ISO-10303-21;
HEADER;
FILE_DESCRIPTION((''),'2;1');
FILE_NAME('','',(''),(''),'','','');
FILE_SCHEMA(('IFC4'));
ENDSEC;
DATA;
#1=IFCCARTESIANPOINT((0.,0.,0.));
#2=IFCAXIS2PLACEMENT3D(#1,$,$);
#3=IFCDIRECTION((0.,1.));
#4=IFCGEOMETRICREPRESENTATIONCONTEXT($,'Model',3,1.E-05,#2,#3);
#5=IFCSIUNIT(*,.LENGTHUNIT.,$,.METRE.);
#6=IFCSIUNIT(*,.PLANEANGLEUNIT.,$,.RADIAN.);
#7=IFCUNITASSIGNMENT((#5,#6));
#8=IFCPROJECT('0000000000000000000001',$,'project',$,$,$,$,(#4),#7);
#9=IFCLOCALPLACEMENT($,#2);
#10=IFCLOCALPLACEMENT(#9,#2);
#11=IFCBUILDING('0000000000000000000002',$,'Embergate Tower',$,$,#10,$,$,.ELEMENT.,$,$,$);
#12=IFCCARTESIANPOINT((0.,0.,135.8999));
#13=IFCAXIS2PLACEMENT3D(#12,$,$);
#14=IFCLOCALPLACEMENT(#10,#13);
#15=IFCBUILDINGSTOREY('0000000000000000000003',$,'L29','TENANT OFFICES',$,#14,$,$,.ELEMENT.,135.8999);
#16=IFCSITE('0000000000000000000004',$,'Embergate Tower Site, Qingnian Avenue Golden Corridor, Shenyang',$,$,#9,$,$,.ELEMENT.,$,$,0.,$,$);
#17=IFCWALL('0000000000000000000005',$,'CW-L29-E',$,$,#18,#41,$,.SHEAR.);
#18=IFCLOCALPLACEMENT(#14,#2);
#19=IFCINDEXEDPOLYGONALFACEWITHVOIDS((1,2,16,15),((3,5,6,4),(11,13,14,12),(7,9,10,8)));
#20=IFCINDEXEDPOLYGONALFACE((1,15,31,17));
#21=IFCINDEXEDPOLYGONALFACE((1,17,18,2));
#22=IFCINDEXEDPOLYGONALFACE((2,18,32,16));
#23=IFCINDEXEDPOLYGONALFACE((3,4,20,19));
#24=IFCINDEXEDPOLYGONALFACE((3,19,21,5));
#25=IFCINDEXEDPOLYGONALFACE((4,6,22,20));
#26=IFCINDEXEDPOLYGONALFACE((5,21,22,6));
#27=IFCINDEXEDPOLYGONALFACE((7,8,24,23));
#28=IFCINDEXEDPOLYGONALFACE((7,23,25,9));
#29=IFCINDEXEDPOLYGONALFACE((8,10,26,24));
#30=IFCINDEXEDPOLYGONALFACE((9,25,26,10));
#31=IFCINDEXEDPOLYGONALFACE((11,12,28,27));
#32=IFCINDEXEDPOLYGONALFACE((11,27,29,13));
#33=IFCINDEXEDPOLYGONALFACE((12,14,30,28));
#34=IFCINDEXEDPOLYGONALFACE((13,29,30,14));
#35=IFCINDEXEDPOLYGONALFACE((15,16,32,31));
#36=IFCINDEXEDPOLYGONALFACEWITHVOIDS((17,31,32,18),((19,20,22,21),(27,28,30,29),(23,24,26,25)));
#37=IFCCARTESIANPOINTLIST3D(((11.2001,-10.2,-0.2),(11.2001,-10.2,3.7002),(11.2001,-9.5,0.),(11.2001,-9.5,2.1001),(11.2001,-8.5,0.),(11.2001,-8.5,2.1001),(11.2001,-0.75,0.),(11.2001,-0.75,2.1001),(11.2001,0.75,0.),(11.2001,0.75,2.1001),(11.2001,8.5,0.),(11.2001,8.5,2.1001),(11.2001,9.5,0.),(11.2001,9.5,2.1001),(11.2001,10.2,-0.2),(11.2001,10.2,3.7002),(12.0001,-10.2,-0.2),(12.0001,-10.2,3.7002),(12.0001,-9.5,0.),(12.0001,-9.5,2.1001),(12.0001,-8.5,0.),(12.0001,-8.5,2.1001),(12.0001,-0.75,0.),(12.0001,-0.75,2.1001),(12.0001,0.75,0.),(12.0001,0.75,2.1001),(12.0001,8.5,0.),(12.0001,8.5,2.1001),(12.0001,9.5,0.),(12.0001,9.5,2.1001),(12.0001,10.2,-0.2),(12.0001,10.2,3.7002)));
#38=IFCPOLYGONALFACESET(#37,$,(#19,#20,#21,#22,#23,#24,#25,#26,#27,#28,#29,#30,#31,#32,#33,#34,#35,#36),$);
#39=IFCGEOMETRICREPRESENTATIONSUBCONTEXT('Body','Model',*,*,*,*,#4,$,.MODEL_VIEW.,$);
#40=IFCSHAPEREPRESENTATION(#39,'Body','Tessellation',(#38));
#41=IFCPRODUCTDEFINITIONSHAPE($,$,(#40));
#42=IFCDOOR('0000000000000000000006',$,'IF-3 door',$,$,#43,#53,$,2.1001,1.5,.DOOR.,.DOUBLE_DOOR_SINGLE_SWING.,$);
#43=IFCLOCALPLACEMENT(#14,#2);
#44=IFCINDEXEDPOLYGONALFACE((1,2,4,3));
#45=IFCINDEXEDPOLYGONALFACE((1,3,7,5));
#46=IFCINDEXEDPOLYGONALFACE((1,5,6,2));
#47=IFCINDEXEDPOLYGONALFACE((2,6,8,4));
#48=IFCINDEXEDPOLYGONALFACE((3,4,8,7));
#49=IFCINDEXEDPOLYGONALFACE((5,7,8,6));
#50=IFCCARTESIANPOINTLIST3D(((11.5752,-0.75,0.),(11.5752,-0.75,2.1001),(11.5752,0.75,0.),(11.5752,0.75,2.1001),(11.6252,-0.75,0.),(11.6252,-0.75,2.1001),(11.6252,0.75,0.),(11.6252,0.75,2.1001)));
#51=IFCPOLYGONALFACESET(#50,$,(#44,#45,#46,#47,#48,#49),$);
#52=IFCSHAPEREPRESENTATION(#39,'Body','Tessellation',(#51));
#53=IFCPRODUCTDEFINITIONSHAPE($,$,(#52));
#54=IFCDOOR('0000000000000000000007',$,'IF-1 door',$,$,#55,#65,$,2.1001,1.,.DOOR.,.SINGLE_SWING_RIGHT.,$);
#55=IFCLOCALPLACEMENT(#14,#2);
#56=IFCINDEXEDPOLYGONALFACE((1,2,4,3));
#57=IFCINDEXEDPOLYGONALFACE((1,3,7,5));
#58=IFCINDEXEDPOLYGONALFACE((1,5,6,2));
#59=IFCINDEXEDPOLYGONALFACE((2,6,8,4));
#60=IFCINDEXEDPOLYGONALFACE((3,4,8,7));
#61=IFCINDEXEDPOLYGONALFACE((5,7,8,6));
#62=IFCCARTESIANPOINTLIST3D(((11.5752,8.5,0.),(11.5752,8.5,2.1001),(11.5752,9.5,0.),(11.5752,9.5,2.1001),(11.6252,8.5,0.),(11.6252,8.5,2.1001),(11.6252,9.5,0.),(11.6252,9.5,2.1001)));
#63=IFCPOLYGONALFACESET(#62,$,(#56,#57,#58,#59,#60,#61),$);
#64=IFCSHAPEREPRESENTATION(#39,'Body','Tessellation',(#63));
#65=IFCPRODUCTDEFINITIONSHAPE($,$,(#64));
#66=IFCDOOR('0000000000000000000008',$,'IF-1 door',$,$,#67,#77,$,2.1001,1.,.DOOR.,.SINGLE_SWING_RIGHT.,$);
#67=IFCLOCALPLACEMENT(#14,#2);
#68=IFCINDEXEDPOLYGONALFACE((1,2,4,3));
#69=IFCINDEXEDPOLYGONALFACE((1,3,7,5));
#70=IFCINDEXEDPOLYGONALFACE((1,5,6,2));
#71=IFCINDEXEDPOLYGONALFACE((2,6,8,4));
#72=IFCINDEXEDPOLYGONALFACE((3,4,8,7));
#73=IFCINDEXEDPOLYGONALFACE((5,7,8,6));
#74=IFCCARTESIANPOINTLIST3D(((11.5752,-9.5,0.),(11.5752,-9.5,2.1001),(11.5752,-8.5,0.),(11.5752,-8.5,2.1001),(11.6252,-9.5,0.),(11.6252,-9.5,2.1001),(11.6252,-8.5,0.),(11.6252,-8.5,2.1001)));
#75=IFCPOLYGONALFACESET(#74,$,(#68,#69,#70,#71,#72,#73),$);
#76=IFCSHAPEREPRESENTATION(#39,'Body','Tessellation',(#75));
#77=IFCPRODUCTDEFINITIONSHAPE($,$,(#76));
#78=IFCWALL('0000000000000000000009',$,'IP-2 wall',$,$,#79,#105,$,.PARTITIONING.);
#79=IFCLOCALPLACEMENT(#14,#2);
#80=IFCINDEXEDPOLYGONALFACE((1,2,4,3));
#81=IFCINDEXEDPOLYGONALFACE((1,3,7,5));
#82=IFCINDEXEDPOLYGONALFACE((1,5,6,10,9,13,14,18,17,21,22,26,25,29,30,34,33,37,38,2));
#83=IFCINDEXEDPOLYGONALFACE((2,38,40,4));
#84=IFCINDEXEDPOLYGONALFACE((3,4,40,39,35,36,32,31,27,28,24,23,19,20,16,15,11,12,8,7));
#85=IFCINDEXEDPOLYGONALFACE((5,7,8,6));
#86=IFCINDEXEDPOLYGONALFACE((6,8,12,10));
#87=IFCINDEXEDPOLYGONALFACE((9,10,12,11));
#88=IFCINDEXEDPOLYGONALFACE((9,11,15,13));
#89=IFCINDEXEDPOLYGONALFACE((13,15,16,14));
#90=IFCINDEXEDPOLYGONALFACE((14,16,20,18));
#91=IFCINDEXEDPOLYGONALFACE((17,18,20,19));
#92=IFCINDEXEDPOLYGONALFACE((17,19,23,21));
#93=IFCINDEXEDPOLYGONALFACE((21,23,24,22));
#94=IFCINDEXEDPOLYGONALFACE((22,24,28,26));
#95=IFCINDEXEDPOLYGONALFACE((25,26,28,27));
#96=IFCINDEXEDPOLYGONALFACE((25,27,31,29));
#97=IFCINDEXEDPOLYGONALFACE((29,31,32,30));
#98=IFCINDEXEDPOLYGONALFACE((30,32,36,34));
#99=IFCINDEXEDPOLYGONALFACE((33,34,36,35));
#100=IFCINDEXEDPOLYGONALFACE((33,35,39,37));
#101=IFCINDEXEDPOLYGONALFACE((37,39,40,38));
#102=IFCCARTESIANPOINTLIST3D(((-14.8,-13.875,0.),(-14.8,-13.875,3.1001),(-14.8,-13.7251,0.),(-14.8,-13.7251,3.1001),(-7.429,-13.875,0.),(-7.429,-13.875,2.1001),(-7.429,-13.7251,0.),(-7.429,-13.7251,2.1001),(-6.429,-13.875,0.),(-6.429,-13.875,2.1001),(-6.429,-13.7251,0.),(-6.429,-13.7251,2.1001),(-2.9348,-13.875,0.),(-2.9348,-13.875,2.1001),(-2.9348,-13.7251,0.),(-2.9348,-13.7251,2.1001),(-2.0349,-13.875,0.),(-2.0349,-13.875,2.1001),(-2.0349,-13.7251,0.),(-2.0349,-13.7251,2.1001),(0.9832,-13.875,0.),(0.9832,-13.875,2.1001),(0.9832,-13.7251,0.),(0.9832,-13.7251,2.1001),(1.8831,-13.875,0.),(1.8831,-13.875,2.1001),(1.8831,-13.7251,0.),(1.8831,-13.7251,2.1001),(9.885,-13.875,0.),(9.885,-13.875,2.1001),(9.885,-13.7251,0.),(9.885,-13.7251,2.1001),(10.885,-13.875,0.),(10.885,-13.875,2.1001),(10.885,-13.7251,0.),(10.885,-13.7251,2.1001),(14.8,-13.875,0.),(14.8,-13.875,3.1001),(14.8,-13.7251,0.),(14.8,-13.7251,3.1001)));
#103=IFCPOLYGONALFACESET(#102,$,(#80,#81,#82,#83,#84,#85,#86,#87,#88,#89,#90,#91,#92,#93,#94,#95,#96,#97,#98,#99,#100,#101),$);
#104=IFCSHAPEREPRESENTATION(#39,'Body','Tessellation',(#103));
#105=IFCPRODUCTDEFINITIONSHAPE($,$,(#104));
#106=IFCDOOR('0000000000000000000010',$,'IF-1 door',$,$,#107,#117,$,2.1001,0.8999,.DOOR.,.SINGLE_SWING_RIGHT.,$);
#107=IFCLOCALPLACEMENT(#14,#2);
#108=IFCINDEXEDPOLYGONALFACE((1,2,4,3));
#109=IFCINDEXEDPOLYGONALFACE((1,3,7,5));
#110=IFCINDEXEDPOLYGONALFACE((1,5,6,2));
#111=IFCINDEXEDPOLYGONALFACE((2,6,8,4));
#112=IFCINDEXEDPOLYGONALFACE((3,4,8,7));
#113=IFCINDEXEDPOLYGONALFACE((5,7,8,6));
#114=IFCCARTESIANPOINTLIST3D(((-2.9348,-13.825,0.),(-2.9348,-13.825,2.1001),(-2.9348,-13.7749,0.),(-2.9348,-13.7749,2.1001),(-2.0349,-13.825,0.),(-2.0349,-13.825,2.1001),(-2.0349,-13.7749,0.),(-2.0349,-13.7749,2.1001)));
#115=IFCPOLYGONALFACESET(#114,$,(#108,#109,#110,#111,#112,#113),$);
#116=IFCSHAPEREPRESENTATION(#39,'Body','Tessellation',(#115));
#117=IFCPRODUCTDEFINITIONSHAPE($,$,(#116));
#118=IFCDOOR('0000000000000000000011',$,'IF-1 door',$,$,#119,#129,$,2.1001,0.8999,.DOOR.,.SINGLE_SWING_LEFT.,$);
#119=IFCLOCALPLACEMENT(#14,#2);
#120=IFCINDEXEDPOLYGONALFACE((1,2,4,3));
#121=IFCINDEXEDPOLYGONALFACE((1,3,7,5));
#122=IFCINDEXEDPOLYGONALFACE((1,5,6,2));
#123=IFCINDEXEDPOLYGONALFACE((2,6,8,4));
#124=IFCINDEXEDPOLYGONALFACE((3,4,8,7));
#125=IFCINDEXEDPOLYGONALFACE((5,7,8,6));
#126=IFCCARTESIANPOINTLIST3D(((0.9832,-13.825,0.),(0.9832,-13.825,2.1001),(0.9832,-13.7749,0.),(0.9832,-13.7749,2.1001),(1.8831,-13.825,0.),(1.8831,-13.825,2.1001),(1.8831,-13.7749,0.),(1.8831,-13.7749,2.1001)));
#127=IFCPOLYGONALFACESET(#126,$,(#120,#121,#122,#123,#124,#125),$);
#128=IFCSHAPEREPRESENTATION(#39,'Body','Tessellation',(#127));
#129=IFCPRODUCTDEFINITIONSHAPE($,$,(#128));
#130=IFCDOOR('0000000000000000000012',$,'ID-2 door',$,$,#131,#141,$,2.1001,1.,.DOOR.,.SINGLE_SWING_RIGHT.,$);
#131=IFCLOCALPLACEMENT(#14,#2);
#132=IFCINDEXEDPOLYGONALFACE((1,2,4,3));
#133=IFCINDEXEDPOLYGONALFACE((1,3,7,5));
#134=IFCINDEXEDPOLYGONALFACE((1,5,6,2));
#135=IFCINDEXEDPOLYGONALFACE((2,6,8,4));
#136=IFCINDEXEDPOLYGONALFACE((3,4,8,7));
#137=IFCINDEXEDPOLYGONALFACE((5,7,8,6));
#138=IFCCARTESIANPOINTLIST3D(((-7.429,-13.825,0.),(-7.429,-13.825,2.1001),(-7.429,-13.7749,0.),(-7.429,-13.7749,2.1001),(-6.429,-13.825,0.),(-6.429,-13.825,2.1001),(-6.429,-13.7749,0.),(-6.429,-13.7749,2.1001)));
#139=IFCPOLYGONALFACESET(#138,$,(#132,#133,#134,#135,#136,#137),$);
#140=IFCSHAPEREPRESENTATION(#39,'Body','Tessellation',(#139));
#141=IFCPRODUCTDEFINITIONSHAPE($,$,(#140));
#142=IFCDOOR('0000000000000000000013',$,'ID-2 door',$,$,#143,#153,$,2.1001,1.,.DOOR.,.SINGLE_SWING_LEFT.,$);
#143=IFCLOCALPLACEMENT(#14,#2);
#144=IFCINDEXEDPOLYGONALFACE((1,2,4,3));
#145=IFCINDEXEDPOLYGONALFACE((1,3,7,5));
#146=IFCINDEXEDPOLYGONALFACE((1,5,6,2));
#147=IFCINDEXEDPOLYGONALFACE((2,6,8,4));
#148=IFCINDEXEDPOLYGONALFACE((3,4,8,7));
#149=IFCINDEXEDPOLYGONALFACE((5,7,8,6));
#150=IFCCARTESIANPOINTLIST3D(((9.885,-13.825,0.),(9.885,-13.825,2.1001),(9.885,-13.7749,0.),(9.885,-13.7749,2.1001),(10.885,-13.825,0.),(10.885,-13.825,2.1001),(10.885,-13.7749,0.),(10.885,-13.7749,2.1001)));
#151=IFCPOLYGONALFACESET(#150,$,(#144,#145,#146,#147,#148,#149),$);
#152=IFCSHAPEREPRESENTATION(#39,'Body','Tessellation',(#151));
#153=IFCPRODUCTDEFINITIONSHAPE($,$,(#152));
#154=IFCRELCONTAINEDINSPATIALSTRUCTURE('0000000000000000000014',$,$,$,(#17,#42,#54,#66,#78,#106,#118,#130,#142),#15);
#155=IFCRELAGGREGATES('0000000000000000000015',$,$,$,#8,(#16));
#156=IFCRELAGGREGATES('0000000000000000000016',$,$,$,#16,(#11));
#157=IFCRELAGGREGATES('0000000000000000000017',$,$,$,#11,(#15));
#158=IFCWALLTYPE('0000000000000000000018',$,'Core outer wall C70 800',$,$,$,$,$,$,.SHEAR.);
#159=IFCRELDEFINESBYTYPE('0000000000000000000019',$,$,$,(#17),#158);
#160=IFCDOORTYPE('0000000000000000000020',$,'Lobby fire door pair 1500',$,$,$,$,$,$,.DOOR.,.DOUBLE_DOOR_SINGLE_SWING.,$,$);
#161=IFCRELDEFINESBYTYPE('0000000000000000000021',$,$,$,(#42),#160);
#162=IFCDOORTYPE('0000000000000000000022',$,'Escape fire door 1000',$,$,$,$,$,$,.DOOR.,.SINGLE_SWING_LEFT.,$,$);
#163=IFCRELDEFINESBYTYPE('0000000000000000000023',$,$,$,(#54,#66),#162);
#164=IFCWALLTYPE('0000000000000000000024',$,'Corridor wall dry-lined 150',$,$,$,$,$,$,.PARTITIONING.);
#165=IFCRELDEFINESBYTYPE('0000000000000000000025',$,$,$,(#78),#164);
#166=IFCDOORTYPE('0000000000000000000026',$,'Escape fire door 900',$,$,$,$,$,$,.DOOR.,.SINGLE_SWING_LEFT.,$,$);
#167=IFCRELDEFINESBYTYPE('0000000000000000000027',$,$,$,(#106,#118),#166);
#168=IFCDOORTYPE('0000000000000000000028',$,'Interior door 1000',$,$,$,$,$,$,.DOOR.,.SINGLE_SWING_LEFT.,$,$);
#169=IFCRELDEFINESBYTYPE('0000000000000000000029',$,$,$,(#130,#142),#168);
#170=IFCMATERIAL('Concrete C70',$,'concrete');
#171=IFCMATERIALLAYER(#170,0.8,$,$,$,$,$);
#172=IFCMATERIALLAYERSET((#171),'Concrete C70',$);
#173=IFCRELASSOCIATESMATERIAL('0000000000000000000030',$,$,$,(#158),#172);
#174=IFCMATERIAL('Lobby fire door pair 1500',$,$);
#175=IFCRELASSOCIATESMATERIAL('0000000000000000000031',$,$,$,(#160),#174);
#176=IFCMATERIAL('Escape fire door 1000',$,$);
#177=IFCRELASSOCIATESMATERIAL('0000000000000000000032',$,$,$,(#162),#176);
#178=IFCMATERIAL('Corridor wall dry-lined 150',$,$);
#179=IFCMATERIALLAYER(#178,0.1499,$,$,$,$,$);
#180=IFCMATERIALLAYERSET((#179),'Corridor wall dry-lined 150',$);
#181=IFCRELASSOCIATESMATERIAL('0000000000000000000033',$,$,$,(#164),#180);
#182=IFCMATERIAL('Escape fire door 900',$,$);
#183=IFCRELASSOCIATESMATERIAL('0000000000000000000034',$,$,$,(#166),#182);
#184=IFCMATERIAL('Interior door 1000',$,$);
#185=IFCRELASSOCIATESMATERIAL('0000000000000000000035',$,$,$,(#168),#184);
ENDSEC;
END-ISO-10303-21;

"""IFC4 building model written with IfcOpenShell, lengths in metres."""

from ifc_helpers import new_model, si_unit, direction, frame, frame_2d, origin, place, context, subcontext, project, spatial, rectangle, extrude, source, transform, mapped, material, layer, layer_set, type_object, element, fill, save


model = new_model("IFC4")

# Units and contexts
model_context = context("Model", 3, precision=1e-05, world=origin(), true_north=direction((0.0, 1.0)))
body_context = subcontext(model_context, "Body", "Model", "MODEL_VIEW")
ifc_project = project(units=[si_unit("LENGTHUNIT", "METRE"), si_unit("PLANEANGLEUNIT", "RADIAN")], contexts=[model_context])

# Site, building, storey
site_placement = place(None, origin())
site = spatial("IfcSite", under=ifc_project, at=site_placement, Name="Embergate Tower Site, Qingnian Avenue Golden Corridor, Shenyang", CompositionType="ELEMENT", RefElevation=0.0)
building_placement = place(site_placement, origin())
building = spatial("IfcBuilding", under=site, at=building_placement, Name="Embergate Tower", CompositionType="ELEMENT")
storey_placement = place(building_placement, frame((0.0, 0.0, 135.8999)))
storey = spatial("IfcBuildingStorey", under=building, at=storey_placement, Name="L29", Description="TENANT OFFICES", CompositionType="ELEMENT", Elevation=135.8999)

# Shared definitions
ifc_material_1 = material(Name="Concrete C70", Category="concrete")

# Walls, openings, doors
ifc_layer_1 = layer(ifc_material_1, 0.8)
ifc_layer_set_1 = layer_set([ifc_layer_1], Name="Concrete C70")
wall_type_1 = type_object("IfcWallType", Name="Core outer wall C70 800", PredefinedType="SHEAR", material=ifc_layer_set_1)
shared_shape_1 = source(origin(), body_context, "Body", "SweptSolid", [
    extrude(rectangle(XDim=20.3999, YDim=0.8, at=frame_2d((10.2, 0.0))), origin(), (0.0, 0.0, 1.0), 3.9001),
])
wall_1_placement = place(storey_placement, frame((11.6001, -10.2, -0.2), z_axis=(0.0, 0.0, 1.0), x_axis=(0.0, 1.0, 0.0)))
wall_1 = element("IfcWall", 1, at=wall_1_placement, inside=storey, type_object=wall_type_1, Name="CW-L29-E", PredefinedType="SHEAR", context=body_context, shape_type="MappedRepresentation", body=[
    mapped(shared_shape_1, transform((0.0, 0.0, 0.0))),
])
shared_shape_2 = source(origin(), body_context, "Body", "SweptSolid", [
    extrude(rectangle(XDim=1.0, YDim=2.1001, at=frame_2d((0.5, 1.05))), frame((0.0, 0.4099, 0.0), z_axis=(0.0, -1.0, 0.0), x_axis=(1.0, 0.0, 0.0)), (0.0, 0.0, 1.0), 0.8201),
])
opening_1_placement = place(wall_1_placement, frame((18.7, 0.0, 0.2)))
opening_1 = element("IfcOpeningElement", 2, at=opening_1_placement, cuts=wall_1, PredefinedType="OPENING", context=body_context, shape_type="MappedRepresentation", body=[
    mapped(shared_shape_2, transform((0.0, 0.0, 0.0))),
])
opening_2_placement = place(wall_1_placement, frame((0.7, 0.0, 0.2)))
opening_2 = element("IfcOpeningElement", 3, at=opening_2_placement, cuts=wall_1, PredefinedType="OPENING", context=body_context, shape_type="MappedRepresentation", body=[
    mapped(shared_shape_2, transform((0.0, 0.0, 0.0))),
])
shared_shape_3 = source(origin(), body_context, "Body", "SweptSolid", [
    extrude(rectangle(XDim=1.5, YDim=2.1001, at=frame_2d((0.75, 1.05))), frame((0.0, 0.4099, 0.0), z_axis=(0.0, -1.0, 0.0), x_axis=(1.0, 0.0, 0.0)), (0.0, 0.0, 1.0), 0.8201),
])
opening_3_placement = place(wall_1_placement, frame((9.45, 0.0, 0.2)))
opening_3 = element("IfcOpeningElement", 4, at=opening_3_placement, cuts=wall_1, PredefinedType="OPENING", context=body_context, shape_type="MappedRepresentation", body=[
    mapped(shared_shape_3, transform((0.0, 0.0, 0.0))),
])
ifc_material_2 = material(Name="Lobby fire door pair 1500")
door_type_1 = type_object("IfcDoorType", Name="Lobby fire door pair 1500", OperationType="DOUBLE_DOOR_SINGLE_SWING", PredefinedType="DOOR", material=ifc_material_2)
shared_shape_4 = source(origin(), body_context, "Body", "SweptSolid", [
    extrude(rectangle(XDim=1.5, YDim=2.1001, at=frame_2d((0.75, 1.05))), frame((0.0, 0.0249, 0.0), z_axis=(0.0, -1.0, 0.0), x_axis=(1.0, 0.0, 0.0)), (0.0, 0.0, 1.0), 0.05),
])
door_1_placement = place(opening_3_placement, origin())
door_1 = element("IfcDoor", 5, at=door_1_placement, inside=storey, type_object=door_type_1, Name="IF-3 door", OperationType="DOUBLE_DOOR_SINGLE_SWING", OverallHeight=2.1001, OverallWidth=1.5, PredefinedType="DOOR", context=body_context, shape_type="MappedRepresentation", body=[
    mapped(shared_shape_4, transform((0.0, 0.0, 0.0))),
])
fill(opening_3, door_1)
ifc_material_3 = material(Name="Escape fire door 1000")
door_type_2 = type_object("IfcDoorType", Name="Escape fire door 1000", OperationType="SINGLE_SWING_LEFT", PredefinedType="DOOR", material=ifc_material_3)
shared_shape_5 = source(origin(), body_context, "Body", "SweptSolid", [
    extrude(rectangle(XDim=1.0, YDim=2.1001, at=frame_2d((0.5, 1.05))), frame((0.0, 0.0249, 0.0), z_axis=(0.0, -1.0, 0.0), x_axis=(1.0, 0.0, 0.0)), (0.0, 0.0, 1.0), 0.05),
])
door_2_placement = place(opening_1_placement, origin())
door_2 = element("IfcDoor", 6, at=door_2_placement, inside=storey, type_object=door_type_2, Name="IF-1 door", OperationType="SINGLE_SWING_RIGHT", OverallHeight=2.1001, OverallWidth=1.0, PredefinedType="DOOR", context=body_context, shape_type="MappedRepresentation", body=[
    mapped(shared_shape_5, transform((0.0, 0.0, 0.0))),
])
fill(opening_1, door_2)
door_3_placement = place(opening_2_placement, origin())
door_3 = element("IfcDoor", 7, at=door_3_placement, inside=storey, type_object=door_type_2, Name="IF-1 door", OperationType="SINGLE_SWING_RIGHT", OverallHeight=2.1001, OverallWidth=1.0, PredefinedType="DOOR", context=body_context, shape_type="MappedRepresentation", body=[
    mapped(shared_shape_5, transform((0.0, 0.0, 0.0))),
])
fill(opening_2, door_3)
ifc_material_4 = material(Name="Corridor wall dry-lined 150")
ifc_layer_2 = layer(ifc_material_4, 0.1499)
ifc_layer_set_2 = layer_set([ifc_layer_2], Name="Corridor wall dry-lined 150")
wall_type_2 = type_object("IfcWallType", Name="Corridor wall dry-lined 150", PredefinedType="PARTITIONING", material=ifc_layer_set_2)
shared_shape_6 = source(origin(), body_context, "Body", "SweptSolid", [
    extrude(rectangle(XDim=29.6001, YDim=0.1499, at=frame_2d((14.8, 0.0))), origin(), (0.0, 0.0, 1.0), 3.1001),
])
wall_2_placement = place(storey_placement, frame((14.8, -13.8, 0.0), z_axis=(0.0, 0.0, 1.0), x_axis=(-1.0, 0.0, 0.0)))
wall_2 = element("IfcWall", 8, at=wall_2_placement, inside=storey, type_object=wall_type_2, Name="IP-2 wall", PredefinedType="PARTITIONING", context=body_context, shape_type="MappedRepresentation", body=[
    mapped(shared_shape_6, transform((0.0, 0.0, 0.0))),
])
shared_shape_7 = source(origin(), body_context, "Body", "SweptSolid", [
    extrude(rectangle(XDim=1.0, YDim=2.1001, at=frame_2d((0.5, 1.05))), frame((0.0, 0.085, 0.0), z_axis=(0.0, -1.0, 0.0), x_axis=(1.0, 0.0, 0.0)), (0.0, 0.0, 1.0), 0.1699),
])
opening_4_placement = place(wall_2_placement, frame((21.229, 0.0, 0.0)))
opening_4 = element("IfcOpeningElement", 9, at=opening_4_placement, cuts=wall_2, PredefinedType="OPENING", context=body_context, shape_type="MappedRepresentation", body=[
    mapped(shared_shape_7, transform((0.0, 0.0, 0.0))),
])
shared_shape_8 = source(origin(), body_context, "Body", "SweptSolid", [
    extrude(rectangle(XDim=0.8999, YDim=2.1001, at=frame_2d((0.45, 1.05))), frame((0.0, 0.085, 0.0), z_axis=(0.0, -1.0, 0.0), x_axis=(1.0, 0.0, 0.0)), (0.0, 0.0, 1.0), 0.1699),
])
opening_5_placement = place(wall_2_placement, frame((16.835, 0.0, 0.0)))
opening_5 = element("IfcOpeningElement", 10, at=opening_5_placement, cuts=wall_2, PredefinedType="OPENING", context=body_context, shape_type="MappedRepresentation", body=[
    mapped(shared_shape_8, transform((0.0, 0.0, 0.0))),
])
opening_6_placement = place(wall_2_placement, frame((12.917, 0.0, 0.0)))
opening_6 = element("IfcOpeningElement", 11, at=opening_6_placement, cuts=wall_2, PredefinedType="OPENING", context=body_context, shape_type="MappedRepresentation", body=[
    mapped(shared_shape_8, transform((0.0, 0.0, 0.0))),
])
opening_7_placement = place(wall_2_placement, frame((3.915, 0.0, 0.0)))
opening_7 = element("IfcOpeningElement", 12, at=opening_7_placement, cuts=wall_2, PredefinedType="OPENING", context=body_context, shape_type="MappedRepresentation", body=[
    mapped(shared_shape_7, transform((0.0, 0.0, 0.0))),
])
ifc_material_5 = material(Name="Escape fire door 900")
door_type_3 = type_object("IfcDoorType", Name="Escape fire door 900", OperationType="SINGLE_SWING_LEFT", PredefinedType="DOOR", material=ifc_material_5)
shared_shape_9 = source(origin(), body_context, "Body", "SweptSolid", [
    extrude(rectangle(XDim=0.8999, YDim=2.1001, at=frame_2d((0.45, 1.05))), frame((0.0, 0.0249, 0.0), z_axis=(0.0, -1.0, 0.0), x_axis=(1.0, 0.0, 0.0)), (0.0, 0.0, 1.0), 0.05),
])
door_4_placement = place(opening_5_placement, origin())
door_4 = element("IfcDoor", 13, at=door_4_placement, inside=storey, type_object=door_type_3, Name="IF-1 door", OperationType="SINGLE_SWING_RIGHT", OverallHeight=2.1001, OverallWidth=0.8999, PredefinedType="DOOR", context=body_context, shape_type="MappedRepresentation", body=[
    mapped(shared_shape_9, transform((0.0, 0.0, 0.0))),
])
fill(opening_5, door_4)
door_5_placement = place(opening_6_placement, origin())
door_5 = element("IfcDoor", 14, at=door_5_placement, inside=storey, type_object=door_type_3, Name="IF-1 door", OperationType="SINGLE_SWING_LEFT", OverallHeight=2.1001, OverallWidth=0.8999, PredefinedType="DOOR", context=body_context, shape_type="MappedRepresentation", body=[
    mapped(shared_shape_9, transform((0.0, 0.0, 0.0))),
])
fill(opening_6, door_5)
ifc_material_6 = material(Name="Interior door 1000")
door_type_4 = type_object("IfcDoorType", Name="Interior door 1000", OperationType="SINGLE_SWING_LEFT", PredefinedType="DOOR", material=ifc_material_6)
door_6_placement = place(opening_4_placement, origin())
door_6 = element("IfcDoor", 15, at=door_6_placement, inside=storey, type_object=door_type_4, Name="ID-2 door", OperationType="SINGLE_SWING_RIGHT", OverallHeight=2.1001, OverallWidth=1.0, PredefinedType="DOOR", context=body_context, shape_type="MappedRepresentation", body=[
    mapped(shared_shape_5, transform((0.0, 0.0, 0.0))),
])
fill(opening_4, door_6)
door_7_placement = place(opening_7_placement, origin())
door_7 = element("IfcDoor", 16, at=door_7_placement, inside=storey, type_object=door_type_4, Name="ID-2 door", OperationType="SINGLE_SWING_LEFT", OverallHeight=2.1001, OverallWidth=1.0, PredefinedType="DOOR", context=body_context, shape_type="MappedRepresentation", body=[
    mapped(shared_shape_5, transform((0.0, 0.0, 0.0))),
])
fill(opening_7, door_7)

save(model, "model.ifc")
